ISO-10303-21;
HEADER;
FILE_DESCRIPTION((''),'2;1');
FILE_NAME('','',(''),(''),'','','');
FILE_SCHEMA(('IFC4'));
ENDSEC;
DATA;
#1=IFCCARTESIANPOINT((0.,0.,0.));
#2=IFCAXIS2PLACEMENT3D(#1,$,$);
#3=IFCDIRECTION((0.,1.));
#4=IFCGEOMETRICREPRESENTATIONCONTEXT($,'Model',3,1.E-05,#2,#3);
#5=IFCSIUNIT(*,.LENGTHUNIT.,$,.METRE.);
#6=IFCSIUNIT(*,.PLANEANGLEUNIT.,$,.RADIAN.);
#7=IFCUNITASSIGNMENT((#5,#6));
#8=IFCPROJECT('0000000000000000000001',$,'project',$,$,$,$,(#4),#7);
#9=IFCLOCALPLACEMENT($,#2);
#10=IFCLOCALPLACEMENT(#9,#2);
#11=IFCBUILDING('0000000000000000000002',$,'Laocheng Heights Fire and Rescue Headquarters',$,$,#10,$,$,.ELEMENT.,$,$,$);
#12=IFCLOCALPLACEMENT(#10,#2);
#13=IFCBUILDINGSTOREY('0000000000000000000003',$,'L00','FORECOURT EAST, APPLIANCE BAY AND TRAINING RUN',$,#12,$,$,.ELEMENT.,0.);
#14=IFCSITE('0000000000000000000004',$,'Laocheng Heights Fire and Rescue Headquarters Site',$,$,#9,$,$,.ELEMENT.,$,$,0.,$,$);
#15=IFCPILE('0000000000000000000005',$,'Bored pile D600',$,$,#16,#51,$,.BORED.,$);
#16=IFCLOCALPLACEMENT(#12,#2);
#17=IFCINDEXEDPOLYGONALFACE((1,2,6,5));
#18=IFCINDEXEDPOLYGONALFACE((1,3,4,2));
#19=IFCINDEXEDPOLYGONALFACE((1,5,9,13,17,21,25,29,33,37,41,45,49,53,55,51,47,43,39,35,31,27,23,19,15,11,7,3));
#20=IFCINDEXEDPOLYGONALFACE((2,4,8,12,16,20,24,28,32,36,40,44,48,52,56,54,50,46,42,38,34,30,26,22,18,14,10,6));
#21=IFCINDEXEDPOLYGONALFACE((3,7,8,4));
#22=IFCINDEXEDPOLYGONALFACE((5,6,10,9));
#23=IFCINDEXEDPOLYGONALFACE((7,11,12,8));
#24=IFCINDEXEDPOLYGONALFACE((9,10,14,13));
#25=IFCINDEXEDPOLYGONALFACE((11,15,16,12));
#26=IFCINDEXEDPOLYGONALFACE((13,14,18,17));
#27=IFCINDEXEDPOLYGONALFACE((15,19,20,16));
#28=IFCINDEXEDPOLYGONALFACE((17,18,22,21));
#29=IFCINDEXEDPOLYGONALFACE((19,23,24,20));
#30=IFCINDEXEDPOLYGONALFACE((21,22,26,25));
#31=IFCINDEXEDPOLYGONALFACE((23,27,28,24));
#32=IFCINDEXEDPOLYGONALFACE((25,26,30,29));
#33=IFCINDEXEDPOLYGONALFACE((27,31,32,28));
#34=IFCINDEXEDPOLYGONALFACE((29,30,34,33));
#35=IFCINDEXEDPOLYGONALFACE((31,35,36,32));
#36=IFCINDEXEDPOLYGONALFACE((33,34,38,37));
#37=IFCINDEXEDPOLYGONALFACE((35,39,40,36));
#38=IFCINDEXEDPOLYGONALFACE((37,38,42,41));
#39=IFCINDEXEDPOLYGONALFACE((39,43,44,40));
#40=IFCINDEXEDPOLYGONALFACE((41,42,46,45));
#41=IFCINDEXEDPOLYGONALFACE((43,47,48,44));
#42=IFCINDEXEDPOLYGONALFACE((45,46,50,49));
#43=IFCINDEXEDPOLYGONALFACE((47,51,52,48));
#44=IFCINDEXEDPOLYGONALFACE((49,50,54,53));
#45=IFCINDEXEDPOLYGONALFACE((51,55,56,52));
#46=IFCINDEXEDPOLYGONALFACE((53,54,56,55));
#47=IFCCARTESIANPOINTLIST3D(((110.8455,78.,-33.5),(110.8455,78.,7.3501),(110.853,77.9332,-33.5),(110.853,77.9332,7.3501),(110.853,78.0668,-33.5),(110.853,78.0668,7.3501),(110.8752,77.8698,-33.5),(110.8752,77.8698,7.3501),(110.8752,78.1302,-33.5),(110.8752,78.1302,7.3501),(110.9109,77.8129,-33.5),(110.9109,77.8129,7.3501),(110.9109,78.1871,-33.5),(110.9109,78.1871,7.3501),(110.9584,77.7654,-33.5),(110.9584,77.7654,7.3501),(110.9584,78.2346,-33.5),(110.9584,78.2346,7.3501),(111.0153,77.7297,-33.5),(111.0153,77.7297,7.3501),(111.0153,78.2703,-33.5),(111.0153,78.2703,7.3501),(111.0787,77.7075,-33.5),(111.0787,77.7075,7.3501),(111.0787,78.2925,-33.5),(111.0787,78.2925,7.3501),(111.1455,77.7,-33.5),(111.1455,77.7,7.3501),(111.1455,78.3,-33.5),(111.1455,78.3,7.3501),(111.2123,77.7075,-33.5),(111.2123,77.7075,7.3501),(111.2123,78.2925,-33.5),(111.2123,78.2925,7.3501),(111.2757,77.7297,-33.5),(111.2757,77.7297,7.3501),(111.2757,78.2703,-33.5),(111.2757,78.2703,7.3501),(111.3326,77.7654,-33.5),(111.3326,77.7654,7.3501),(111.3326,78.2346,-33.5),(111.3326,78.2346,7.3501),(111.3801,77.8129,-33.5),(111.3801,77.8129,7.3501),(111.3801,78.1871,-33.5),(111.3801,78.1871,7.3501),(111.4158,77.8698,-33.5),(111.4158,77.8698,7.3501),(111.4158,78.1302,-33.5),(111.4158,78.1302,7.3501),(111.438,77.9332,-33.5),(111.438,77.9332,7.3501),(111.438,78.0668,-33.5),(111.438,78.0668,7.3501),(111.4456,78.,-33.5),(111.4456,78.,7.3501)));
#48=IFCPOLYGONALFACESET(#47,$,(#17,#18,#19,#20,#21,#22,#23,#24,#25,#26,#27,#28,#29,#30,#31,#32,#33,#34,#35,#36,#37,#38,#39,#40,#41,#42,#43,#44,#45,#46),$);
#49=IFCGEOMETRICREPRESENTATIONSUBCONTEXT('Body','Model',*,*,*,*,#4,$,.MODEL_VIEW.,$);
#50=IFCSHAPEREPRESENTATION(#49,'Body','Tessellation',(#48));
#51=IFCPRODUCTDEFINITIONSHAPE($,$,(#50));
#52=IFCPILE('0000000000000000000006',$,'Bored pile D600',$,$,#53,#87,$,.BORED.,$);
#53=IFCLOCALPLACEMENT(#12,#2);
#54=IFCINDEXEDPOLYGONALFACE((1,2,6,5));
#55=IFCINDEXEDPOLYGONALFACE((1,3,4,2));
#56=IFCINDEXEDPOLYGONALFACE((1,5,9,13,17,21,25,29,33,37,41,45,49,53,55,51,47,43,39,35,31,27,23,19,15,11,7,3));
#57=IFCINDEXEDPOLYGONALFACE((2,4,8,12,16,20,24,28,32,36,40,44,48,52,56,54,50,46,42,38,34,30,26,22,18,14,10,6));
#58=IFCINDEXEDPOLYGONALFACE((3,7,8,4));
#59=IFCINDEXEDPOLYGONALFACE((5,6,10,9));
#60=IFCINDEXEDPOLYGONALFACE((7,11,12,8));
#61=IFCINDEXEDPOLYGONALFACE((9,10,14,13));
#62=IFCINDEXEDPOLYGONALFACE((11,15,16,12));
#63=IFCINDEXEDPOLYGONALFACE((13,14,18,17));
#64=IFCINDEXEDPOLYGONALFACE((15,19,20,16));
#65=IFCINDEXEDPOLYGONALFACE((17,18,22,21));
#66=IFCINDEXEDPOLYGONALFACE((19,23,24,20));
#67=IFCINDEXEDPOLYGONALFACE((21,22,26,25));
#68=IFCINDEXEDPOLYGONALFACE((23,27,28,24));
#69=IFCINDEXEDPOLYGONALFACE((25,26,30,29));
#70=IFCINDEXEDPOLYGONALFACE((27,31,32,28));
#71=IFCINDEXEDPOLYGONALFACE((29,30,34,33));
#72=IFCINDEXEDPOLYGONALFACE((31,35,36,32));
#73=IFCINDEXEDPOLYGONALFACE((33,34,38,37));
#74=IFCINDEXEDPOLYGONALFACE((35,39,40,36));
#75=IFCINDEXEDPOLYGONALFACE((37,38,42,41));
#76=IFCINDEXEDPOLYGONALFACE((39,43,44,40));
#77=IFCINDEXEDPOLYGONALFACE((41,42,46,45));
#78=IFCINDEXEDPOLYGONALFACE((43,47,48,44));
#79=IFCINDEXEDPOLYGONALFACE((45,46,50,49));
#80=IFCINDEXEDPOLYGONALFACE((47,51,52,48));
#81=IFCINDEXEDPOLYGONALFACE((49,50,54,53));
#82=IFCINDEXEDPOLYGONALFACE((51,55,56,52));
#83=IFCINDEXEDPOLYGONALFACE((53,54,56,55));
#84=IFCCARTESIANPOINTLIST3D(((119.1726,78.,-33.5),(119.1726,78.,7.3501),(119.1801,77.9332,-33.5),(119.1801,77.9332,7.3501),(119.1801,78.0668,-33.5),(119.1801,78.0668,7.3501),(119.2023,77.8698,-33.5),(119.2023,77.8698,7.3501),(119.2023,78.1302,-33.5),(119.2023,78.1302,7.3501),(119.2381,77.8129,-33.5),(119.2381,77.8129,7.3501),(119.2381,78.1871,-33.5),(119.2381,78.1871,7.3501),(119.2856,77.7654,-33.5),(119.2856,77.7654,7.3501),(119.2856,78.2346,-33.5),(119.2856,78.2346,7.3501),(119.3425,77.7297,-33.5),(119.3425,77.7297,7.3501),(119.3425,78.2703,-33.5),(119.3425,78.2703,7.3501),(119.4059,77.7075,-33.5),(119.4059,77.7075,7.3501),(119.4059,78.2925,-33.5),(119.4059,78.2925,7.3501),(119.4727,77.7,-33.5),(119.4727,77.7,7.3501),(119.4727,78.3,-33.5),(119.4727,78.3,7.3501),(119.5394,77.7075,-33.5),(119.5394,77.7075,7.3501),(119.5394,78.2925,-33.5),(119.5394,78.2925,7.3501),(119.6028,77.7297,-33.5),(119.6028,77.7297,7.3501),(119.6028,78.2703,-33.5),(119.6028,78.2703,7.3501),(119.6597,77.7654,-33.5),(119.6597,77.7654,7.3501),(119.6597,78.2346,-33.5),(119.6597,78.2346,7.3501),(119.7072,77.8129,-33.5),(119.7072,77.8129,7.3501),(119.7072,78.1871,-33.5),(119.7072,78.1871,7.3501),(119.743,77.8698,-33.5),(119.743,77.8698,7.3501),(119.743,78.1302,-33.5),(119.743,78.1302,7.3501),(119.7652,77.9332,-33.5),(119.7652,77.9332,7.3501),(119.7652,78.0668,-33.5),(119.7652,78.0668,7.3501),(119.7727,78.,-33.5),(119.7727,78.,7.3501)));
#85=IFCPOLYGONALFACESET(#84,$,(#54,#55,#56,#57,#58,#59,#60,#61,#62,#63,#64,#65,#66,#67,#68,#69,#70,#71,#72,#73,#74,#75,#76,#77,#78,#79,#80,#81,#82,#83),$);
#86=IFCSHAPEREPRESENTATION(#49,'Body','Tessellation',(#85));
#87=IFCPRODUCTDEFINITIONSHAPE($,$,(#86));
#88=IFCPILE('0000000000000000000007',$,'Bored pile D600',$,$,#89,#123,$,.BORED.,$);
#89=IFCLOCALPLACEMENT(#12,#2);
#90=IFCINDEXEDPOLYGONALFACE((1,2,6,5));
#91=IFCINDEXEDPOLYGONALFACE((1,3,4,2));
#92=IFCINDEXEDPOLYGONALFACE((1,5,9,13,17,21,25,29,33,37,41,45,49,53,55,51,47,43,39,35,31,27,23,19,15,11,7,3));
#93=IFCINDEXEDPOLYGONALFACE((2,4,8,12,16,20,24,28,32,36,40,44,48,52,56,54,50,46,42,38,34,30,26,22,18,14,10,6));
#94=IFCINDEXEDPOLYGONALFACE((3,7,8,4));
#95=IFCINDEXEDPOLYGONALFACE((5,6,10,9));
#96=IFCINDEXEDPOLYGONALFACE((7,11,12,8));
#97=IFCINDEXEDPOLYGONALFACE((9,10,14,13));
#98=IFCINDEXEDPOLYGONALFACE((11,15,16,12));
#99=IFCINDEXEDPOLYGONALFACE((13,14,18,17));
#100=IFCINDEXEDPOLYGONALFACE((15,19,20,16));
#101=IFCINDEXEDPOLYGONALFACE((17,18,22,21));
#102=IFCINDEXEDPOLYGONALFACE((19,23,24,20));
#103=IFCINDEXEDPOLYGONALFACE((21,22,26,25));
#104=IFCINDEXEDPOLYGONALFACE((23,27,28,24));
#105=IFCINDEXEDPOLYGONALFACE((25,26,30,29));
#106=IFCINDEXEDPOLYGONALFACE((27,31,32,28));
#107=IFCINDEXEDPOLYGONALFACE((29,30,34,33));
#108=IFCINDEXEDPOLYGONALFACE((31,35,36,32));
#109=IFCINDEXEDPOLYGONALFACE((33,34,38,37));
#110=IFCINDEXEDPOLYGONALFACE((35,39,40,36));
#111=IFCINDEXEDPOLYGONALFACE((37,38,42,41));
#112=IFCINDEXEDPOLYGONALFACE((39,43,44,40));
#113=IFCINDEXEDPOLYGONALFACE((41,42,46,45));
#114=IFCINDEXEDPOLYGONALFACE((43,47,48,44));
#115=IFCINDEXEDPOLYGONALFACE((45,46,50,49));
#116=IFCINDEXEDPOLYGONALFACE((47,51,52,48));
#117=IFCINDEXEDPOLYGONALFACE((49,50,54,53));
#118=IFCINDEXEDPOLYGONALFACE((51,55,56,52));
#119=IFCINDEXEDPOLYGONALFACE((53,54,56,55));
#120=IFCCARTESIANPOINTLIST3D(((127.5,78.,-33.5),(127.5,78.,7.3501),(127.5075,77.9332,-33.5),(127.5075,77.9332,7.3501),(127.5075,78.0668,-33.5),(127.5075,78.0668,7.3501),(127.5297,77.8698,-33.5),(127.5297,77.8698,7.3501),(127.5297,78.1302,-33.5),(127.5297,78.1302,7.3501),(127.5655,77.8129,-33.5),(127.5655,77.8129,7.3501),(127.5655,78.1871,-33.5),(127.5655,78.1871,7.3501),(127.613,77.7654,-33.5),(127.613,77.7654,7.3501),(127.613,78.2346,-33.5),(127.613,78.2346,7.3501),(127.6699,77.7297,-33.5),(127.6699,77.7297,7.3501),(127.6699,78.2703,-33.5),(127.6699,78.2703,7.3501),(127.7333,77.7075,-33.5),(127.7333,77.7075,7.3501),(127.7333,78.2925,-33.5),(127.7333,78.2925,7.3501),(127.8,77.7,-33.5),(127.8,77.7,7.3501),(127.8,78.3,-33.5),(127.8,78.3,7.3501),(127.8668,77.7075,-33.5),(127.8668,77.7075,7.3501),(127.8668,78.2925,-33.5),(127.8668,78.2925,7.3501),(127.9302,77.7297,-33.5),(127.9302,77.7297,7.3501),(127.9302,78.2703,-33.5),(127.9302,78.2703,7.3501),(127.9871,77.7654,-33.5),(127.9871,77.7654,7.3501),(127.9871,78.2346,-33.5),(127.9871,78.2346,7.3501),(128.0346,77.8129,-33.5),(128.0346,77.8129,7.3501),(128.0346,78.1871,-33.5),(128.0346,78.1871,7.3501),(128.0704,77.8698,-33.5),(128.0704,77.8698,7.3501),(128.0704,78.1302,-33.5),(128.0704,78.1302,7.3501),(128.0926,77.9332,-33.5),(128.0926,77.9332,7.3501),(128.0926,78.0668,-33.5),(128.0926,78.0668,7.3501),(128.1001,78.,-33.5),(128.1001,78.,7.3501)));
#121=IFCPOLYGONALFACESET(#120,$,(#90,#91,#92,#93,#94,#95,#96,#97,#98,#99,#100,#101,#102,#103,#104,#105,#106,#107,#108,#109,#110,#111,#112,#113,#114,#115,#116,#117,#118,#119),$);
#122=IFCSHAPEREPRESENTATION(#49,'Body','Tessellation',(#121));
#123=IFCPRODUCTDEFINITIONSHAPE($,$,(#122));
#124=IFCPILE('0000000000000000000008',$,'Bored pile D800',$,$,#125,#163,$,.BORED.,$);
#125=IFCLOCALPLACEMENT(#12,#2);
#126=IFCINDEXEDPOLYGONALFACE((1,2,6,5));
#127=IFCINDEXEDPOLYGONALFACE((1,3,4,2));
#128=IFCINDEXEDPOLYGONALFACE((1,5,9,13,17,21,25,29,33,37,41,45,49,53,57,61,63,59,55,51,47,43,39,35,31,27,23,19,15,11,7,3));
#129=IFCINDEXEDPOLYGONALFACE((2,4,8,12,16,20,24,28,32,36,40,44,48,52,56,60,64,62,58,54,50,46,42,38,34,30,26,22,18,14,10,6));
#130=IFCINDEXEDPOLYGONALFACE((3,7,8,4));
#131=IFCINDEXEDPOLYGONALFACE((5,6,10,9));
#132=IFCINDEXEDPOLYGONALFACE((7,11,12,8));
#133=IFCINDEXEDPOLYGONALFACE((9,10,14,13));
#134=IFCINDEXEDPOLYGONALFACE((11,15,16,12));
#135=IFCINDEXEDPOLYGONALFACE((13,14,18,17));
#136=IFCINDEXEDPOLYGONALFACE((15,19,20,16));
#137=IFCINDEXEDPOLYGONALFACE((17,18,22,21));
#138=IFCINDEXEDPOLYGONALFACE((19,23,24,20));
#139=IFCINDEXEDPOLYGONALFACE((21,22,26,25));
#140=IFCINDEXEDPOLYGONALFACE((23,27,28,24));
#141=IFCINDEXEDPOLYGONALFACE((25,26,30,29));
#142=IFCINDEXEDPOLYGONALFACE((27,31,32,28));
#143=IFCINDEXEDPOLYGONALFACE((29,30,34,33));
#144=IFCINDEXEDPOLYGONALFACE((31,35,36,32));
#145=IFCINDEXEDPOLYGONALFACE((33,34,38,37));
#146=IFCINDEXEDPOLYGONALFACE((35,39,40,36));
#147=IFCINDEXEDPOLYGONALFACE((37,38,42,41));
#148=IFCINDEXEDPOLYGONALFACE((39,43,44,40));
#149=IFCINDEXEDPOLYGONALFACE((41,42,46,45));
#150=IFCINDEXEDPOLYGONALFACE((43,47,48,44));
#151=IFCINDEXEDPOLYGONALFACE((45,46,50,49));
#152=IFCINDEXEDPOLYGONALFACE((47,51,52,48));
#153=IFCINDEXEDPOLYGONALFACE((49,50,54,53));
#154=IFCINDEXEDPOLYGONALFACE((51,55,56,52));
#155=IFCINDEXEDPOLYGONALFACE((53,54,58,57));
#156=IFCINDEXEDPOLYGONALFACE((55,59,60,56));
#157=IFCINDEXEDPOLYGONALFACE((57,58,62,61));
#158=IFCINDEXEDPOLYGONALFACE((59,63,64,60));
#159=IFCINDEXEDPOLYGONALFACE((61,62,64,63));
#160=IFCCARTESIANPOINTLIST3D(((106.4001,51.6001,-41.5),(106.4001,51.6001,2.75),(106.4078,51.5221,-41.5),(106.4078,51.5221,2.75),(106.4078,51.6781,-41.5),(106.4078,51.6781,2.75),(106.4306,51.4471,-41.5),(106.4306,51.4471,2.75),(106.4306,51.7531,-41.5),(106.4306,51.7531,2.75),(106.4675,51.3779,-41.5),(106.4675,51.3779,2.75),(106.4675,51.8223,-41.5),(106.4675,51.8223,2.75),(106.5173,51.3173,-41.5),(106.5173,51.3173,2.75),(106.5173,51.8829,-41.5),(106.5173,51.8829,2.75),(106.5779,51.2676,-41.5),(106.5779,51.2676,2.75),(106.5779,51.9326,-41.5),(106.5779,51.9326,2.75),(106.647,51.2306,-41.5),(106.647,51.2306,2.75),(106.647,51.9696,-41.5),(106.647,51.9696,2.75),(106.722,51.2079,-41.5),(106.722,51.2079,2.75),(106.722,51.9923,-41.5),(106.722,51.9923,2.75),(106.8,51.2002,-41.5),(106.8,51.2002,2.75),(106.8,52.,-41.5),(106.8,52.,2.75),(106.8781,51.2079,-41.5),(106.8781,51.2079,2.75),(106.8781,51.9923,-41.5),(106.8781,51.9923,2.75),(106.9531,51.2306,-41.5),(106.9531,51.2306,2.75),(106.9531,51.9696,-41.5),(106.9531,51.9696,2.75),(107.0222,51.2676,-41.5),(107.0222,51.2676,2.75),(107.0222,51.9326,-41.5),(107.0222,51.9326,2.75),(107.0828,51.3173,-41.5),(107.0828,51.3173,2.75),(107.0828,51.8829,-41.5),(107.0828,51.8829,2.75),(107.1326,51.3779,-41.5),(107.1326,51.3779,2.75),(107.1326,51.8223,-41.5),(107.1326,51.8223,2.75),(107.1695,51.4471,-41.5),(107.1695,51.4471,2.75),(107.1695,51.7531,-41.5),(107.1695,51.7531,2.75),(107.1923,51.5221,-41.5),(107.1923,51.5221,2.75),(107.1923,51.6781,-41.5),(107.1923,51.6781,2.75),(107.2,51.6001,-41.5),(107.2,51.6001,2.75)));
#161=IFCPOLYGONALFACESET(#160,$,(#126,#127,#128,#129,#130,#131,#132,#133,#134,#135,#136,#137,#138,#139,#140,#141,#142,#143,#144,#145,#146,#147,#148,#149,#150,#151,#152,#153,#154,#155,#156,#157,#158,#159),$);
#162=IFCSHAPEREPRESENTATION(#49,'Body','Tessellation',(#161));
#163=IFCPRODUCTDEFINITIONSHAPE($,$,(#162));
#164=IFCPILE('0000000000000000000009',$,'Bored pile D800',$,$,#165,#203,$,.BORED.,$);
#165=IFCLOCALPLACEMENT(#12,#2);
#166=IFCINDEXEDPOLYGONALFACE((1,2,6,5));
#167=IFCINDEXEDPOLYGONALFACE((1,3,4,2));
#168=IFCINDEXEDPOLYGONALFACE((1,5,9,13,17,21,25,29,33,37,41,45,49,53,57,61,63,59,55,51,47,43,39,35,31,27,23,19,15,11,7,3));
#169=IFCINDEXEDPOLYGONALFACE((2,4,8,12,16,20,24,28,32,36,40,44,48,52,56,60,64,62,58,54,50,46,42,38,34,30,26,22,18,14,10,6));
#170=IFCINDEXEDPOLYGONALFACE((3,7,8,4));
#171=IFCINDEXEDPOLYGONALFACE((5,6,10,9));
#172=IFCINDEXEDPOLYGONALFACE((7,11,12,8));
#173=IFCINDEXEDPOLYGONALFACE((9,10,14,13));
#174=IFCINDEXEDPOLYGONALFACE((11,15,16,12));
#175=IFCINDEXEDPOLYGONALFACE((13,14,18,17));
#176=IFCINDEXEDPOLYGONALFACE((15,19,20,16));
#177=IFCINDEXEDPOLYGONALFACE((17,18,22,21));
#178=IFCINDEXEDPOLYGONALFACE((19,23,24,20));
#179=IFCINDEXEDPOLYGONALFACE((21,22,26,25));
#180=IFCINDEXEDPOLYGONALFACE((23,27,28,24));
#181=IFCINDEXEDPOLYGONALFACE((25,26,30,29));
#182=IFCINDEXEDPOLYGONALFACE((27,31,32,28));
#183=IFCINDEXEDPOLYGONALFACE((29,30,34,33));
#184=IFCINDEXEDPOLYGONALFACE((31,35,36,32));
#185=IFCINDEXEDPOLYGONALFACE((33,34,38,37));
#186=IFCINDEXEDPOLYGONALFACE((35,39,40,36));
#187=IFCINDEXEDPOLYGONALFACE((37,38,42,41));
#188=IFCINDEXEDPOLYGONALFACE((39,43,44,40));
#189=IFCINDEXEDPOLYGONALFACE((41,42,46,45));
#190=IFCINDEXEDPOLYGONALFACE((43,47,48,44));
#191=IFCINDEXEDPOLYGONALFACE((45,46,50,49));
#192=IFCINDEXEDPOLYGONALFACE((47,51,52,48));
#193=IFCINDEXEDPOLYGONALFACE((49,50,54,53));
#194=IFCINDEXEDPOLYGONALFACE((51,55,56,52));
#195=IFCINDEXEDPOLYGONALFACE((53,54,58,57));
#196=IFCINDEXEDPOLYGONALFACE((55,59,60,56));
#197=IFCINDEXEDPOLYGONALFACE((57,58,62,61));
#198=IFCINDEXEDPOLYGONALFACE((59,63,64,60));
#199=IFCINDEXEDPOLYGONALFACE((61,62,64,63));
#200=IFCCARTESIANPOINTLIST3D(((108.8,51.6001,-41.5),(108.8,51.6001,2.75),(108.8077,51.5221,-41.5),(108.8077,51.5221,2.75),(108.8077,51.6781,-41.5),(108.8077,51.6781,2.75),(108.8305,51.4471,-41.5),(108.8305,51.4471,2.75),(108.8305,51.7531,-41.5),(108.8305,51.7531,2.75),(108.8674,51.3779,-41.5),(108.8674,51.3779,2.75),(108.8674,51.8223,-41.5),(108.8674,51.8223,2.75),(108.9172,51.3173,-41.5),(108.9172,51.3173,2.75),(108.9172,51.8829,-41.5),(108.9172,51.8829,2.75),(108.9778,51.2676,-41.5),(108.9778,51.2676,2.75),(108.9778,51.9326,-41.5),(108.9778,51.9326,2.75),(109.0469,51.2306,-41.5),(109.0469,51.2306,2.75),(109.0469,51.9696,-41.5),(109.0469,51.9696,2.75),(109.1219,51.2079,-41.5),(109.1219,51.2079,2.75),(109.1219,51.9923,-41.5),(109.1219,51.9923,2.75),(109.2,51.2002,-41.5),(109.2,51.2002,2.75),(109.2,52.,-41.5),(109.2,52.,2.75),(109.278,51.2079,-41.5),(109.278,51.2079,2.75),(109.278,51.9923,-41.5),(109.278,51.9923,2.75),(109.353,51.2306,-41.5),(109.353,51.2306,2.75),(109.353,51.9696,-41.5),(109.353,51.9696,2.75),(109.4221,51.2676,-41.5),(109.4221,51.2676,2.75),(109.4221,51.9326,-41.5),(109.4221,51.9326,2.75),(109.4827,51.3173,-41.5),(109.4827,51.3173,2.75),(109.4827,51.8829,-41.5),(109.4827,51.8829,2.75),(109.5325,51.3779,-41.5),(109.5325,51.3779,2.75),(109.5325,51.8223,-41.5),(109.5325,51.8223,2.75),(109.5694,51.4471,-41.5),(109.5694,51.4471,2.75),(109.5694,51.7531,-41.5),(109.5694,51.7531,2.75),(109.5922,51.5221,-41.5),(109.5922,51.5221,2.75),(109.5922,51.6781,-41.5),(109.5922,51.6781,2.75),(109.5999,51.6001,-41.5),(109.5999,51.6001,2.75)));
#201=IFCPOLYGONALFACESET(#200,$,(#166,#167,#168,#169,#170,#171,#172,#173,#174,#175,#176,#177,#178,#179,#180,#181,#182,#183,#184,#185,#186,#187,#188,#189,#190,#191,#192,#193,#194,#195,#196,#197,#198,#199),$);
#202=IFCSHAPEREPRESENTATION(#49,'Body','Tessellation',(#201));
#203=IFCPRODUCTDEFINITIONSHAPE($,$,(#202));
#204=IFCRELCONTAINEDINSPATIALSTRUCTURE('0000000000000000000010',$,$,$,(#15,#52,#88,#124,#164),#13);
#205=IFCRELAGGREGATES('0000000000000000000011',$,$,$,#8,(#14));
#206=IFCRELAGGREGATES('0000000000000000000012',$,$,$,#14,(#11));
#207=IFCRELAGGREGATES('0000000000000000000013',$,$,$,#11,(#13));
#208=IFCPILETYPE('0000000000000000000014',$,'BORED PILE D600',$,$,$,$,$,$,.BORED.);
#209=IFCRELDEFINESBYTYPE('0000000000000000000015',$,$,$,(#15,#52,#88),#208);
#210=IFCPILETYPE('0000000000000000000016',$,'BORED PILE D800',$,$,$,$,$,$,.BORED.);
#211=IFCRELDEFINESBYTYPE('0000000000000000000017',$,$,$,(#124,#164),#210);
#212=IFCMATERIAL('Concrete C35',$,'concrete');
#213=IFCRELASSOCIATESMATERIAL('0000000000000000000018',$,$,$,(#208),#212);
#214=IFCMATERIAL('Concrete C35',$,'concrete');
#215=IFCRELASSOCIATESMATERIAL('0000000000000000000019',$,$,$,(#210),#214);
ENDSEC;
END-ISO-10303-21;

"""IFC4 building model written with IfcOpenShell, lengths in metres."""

from ifc_helpers import new_model, si_unit, direction, frame, origin, origin_2d, place, context, subcontext, project, spatial, circle, extrude, material, material_profile, profile_set, type_object, element, save


model = new_model("IFC4")

# Units and contexts
model_context = context("Model", 3, precision=1e-05, world=origin(), true_north=direction((0.0, 1.0)))
body_context = subcontext(model_context, "Body", "Model", "MODEL_VIEW")
ifc_project = project(units=[si_unit("LENGTHUNIT", "METRE"), si_unit("PLANEANGLEUNIT", "RADIAN")], contexts=[model_context])

# Site, building, storey
site_placement = place(None, origin())
site = spatial("IfcSite", under=ifc_project, at=site_placement, Name="Laocheng Heights Fire and Rescue Headquarters Site", CompositionType="ELEMENT", RefElevation=0.0)
building_placement = place(site_placement, origin())
building = spatial("IfcBuilding", under=site, at=building_placement, Name="Laocheng Heights Fire and Rescue Headquarters", CompositionType="ELEMENT")
storey_placement = place(building_placement, origin())
storey = spatial("IfcBuildingStorey", under=building, at=storey_placement, Name="L00", Description="FORECOURT EAST, APPLIANCE BAY AND TRAINING RUN", CompositionType="ELEMENT", Elevation=0.0)

# Piles
ifc_material_1 = material(Name="Concrete C35", Category="concrete")
ifc_material_profile_1 = material_profile(ifc_material_1, circle(Radius=0.3, at=origin_2d()), Name="BORED PILE D600")
ifc_profile_set_1 = profile_set([ifc_material_profile_1], Name="Concrete C35")
pile_type_1 = type_object("IfcPileType", Name="BORED PILE D600", PredefinedType="BORED", material=ifc_profile_set_1)
for number, where, z_axis, x_axis, name in (
    (1, (111.1455, 78.0, 7.3501), (0.0, 0.0, -1.0), (1.0, 0.0, 0.0), "Bored pile D600"),
    (2, (119.4727, 78.0, 7.3501), (0.0, 0.0, -1.0), (1.0, 0.0, 0.0), "Bored pile D600"),
    (3, (127.8, 78.0, 7.3501), (0.0, 0.0, -1.0), (1.0, 0.0, 0.0), "Bored pile D600"),
):
    element("IfcPile", number, at=place(storey_placement, frame(where, z_axis=z_axis, x_axis=x_axis)), inside=storey, type_object=pile_type_1, Name=name, PredefinedType="BORED", context=body_context, shape_type="SweptSolid", body=[
        extrude(circle(Radius=0.3, at=origin_2d()), origin(), (0.0, 0.0, 1.0), 40.8501),
    ])
ifc_material_2 = material(Name="Concrete C35", Category="concrete")
ifc_material_profile_2 = material_profile(ifc_material_2, circle(Radius=0.3999, at=origin_2d()), Name="BORED PILE D800")
ifc_profile_set_2 = profile_set([ifc_material_profile_2], Name="Concrete C35")
pile_type_2 = type_object("IfcPileType", Name="BORED PILE D800", PredefinedType="BORED", material=ifc_profile_set_2)
for number, where, z_axis, x_axis, name in (
    (4, (106.8, 51.6001, 2.75), (0.0, 0.0, -1.0), (1.0, 0.0, 0.0), "Bored pile D800"),
    (5, (109.2, 51.6001, 2.75), (0.0, 0.0, -1.0), (1.0, 0.0, 0.0), "Bored pile D800"),
):
    element("IfcPile", number, at=place(storey_placement, frame(where, z_axis=z_axis, x_axis=x_axis)), inside=storey, type_object=pile_type_2, Name=name, PredefinedType="BORED", context=body_context, shape_type="SweptSolid", body=[
        extrude(circle(Radius=0.3999, at=origin_2d()), origin(), (0.0, 0.0, 1.0), 44.25),
    ])

save(model, "model.ifc")
